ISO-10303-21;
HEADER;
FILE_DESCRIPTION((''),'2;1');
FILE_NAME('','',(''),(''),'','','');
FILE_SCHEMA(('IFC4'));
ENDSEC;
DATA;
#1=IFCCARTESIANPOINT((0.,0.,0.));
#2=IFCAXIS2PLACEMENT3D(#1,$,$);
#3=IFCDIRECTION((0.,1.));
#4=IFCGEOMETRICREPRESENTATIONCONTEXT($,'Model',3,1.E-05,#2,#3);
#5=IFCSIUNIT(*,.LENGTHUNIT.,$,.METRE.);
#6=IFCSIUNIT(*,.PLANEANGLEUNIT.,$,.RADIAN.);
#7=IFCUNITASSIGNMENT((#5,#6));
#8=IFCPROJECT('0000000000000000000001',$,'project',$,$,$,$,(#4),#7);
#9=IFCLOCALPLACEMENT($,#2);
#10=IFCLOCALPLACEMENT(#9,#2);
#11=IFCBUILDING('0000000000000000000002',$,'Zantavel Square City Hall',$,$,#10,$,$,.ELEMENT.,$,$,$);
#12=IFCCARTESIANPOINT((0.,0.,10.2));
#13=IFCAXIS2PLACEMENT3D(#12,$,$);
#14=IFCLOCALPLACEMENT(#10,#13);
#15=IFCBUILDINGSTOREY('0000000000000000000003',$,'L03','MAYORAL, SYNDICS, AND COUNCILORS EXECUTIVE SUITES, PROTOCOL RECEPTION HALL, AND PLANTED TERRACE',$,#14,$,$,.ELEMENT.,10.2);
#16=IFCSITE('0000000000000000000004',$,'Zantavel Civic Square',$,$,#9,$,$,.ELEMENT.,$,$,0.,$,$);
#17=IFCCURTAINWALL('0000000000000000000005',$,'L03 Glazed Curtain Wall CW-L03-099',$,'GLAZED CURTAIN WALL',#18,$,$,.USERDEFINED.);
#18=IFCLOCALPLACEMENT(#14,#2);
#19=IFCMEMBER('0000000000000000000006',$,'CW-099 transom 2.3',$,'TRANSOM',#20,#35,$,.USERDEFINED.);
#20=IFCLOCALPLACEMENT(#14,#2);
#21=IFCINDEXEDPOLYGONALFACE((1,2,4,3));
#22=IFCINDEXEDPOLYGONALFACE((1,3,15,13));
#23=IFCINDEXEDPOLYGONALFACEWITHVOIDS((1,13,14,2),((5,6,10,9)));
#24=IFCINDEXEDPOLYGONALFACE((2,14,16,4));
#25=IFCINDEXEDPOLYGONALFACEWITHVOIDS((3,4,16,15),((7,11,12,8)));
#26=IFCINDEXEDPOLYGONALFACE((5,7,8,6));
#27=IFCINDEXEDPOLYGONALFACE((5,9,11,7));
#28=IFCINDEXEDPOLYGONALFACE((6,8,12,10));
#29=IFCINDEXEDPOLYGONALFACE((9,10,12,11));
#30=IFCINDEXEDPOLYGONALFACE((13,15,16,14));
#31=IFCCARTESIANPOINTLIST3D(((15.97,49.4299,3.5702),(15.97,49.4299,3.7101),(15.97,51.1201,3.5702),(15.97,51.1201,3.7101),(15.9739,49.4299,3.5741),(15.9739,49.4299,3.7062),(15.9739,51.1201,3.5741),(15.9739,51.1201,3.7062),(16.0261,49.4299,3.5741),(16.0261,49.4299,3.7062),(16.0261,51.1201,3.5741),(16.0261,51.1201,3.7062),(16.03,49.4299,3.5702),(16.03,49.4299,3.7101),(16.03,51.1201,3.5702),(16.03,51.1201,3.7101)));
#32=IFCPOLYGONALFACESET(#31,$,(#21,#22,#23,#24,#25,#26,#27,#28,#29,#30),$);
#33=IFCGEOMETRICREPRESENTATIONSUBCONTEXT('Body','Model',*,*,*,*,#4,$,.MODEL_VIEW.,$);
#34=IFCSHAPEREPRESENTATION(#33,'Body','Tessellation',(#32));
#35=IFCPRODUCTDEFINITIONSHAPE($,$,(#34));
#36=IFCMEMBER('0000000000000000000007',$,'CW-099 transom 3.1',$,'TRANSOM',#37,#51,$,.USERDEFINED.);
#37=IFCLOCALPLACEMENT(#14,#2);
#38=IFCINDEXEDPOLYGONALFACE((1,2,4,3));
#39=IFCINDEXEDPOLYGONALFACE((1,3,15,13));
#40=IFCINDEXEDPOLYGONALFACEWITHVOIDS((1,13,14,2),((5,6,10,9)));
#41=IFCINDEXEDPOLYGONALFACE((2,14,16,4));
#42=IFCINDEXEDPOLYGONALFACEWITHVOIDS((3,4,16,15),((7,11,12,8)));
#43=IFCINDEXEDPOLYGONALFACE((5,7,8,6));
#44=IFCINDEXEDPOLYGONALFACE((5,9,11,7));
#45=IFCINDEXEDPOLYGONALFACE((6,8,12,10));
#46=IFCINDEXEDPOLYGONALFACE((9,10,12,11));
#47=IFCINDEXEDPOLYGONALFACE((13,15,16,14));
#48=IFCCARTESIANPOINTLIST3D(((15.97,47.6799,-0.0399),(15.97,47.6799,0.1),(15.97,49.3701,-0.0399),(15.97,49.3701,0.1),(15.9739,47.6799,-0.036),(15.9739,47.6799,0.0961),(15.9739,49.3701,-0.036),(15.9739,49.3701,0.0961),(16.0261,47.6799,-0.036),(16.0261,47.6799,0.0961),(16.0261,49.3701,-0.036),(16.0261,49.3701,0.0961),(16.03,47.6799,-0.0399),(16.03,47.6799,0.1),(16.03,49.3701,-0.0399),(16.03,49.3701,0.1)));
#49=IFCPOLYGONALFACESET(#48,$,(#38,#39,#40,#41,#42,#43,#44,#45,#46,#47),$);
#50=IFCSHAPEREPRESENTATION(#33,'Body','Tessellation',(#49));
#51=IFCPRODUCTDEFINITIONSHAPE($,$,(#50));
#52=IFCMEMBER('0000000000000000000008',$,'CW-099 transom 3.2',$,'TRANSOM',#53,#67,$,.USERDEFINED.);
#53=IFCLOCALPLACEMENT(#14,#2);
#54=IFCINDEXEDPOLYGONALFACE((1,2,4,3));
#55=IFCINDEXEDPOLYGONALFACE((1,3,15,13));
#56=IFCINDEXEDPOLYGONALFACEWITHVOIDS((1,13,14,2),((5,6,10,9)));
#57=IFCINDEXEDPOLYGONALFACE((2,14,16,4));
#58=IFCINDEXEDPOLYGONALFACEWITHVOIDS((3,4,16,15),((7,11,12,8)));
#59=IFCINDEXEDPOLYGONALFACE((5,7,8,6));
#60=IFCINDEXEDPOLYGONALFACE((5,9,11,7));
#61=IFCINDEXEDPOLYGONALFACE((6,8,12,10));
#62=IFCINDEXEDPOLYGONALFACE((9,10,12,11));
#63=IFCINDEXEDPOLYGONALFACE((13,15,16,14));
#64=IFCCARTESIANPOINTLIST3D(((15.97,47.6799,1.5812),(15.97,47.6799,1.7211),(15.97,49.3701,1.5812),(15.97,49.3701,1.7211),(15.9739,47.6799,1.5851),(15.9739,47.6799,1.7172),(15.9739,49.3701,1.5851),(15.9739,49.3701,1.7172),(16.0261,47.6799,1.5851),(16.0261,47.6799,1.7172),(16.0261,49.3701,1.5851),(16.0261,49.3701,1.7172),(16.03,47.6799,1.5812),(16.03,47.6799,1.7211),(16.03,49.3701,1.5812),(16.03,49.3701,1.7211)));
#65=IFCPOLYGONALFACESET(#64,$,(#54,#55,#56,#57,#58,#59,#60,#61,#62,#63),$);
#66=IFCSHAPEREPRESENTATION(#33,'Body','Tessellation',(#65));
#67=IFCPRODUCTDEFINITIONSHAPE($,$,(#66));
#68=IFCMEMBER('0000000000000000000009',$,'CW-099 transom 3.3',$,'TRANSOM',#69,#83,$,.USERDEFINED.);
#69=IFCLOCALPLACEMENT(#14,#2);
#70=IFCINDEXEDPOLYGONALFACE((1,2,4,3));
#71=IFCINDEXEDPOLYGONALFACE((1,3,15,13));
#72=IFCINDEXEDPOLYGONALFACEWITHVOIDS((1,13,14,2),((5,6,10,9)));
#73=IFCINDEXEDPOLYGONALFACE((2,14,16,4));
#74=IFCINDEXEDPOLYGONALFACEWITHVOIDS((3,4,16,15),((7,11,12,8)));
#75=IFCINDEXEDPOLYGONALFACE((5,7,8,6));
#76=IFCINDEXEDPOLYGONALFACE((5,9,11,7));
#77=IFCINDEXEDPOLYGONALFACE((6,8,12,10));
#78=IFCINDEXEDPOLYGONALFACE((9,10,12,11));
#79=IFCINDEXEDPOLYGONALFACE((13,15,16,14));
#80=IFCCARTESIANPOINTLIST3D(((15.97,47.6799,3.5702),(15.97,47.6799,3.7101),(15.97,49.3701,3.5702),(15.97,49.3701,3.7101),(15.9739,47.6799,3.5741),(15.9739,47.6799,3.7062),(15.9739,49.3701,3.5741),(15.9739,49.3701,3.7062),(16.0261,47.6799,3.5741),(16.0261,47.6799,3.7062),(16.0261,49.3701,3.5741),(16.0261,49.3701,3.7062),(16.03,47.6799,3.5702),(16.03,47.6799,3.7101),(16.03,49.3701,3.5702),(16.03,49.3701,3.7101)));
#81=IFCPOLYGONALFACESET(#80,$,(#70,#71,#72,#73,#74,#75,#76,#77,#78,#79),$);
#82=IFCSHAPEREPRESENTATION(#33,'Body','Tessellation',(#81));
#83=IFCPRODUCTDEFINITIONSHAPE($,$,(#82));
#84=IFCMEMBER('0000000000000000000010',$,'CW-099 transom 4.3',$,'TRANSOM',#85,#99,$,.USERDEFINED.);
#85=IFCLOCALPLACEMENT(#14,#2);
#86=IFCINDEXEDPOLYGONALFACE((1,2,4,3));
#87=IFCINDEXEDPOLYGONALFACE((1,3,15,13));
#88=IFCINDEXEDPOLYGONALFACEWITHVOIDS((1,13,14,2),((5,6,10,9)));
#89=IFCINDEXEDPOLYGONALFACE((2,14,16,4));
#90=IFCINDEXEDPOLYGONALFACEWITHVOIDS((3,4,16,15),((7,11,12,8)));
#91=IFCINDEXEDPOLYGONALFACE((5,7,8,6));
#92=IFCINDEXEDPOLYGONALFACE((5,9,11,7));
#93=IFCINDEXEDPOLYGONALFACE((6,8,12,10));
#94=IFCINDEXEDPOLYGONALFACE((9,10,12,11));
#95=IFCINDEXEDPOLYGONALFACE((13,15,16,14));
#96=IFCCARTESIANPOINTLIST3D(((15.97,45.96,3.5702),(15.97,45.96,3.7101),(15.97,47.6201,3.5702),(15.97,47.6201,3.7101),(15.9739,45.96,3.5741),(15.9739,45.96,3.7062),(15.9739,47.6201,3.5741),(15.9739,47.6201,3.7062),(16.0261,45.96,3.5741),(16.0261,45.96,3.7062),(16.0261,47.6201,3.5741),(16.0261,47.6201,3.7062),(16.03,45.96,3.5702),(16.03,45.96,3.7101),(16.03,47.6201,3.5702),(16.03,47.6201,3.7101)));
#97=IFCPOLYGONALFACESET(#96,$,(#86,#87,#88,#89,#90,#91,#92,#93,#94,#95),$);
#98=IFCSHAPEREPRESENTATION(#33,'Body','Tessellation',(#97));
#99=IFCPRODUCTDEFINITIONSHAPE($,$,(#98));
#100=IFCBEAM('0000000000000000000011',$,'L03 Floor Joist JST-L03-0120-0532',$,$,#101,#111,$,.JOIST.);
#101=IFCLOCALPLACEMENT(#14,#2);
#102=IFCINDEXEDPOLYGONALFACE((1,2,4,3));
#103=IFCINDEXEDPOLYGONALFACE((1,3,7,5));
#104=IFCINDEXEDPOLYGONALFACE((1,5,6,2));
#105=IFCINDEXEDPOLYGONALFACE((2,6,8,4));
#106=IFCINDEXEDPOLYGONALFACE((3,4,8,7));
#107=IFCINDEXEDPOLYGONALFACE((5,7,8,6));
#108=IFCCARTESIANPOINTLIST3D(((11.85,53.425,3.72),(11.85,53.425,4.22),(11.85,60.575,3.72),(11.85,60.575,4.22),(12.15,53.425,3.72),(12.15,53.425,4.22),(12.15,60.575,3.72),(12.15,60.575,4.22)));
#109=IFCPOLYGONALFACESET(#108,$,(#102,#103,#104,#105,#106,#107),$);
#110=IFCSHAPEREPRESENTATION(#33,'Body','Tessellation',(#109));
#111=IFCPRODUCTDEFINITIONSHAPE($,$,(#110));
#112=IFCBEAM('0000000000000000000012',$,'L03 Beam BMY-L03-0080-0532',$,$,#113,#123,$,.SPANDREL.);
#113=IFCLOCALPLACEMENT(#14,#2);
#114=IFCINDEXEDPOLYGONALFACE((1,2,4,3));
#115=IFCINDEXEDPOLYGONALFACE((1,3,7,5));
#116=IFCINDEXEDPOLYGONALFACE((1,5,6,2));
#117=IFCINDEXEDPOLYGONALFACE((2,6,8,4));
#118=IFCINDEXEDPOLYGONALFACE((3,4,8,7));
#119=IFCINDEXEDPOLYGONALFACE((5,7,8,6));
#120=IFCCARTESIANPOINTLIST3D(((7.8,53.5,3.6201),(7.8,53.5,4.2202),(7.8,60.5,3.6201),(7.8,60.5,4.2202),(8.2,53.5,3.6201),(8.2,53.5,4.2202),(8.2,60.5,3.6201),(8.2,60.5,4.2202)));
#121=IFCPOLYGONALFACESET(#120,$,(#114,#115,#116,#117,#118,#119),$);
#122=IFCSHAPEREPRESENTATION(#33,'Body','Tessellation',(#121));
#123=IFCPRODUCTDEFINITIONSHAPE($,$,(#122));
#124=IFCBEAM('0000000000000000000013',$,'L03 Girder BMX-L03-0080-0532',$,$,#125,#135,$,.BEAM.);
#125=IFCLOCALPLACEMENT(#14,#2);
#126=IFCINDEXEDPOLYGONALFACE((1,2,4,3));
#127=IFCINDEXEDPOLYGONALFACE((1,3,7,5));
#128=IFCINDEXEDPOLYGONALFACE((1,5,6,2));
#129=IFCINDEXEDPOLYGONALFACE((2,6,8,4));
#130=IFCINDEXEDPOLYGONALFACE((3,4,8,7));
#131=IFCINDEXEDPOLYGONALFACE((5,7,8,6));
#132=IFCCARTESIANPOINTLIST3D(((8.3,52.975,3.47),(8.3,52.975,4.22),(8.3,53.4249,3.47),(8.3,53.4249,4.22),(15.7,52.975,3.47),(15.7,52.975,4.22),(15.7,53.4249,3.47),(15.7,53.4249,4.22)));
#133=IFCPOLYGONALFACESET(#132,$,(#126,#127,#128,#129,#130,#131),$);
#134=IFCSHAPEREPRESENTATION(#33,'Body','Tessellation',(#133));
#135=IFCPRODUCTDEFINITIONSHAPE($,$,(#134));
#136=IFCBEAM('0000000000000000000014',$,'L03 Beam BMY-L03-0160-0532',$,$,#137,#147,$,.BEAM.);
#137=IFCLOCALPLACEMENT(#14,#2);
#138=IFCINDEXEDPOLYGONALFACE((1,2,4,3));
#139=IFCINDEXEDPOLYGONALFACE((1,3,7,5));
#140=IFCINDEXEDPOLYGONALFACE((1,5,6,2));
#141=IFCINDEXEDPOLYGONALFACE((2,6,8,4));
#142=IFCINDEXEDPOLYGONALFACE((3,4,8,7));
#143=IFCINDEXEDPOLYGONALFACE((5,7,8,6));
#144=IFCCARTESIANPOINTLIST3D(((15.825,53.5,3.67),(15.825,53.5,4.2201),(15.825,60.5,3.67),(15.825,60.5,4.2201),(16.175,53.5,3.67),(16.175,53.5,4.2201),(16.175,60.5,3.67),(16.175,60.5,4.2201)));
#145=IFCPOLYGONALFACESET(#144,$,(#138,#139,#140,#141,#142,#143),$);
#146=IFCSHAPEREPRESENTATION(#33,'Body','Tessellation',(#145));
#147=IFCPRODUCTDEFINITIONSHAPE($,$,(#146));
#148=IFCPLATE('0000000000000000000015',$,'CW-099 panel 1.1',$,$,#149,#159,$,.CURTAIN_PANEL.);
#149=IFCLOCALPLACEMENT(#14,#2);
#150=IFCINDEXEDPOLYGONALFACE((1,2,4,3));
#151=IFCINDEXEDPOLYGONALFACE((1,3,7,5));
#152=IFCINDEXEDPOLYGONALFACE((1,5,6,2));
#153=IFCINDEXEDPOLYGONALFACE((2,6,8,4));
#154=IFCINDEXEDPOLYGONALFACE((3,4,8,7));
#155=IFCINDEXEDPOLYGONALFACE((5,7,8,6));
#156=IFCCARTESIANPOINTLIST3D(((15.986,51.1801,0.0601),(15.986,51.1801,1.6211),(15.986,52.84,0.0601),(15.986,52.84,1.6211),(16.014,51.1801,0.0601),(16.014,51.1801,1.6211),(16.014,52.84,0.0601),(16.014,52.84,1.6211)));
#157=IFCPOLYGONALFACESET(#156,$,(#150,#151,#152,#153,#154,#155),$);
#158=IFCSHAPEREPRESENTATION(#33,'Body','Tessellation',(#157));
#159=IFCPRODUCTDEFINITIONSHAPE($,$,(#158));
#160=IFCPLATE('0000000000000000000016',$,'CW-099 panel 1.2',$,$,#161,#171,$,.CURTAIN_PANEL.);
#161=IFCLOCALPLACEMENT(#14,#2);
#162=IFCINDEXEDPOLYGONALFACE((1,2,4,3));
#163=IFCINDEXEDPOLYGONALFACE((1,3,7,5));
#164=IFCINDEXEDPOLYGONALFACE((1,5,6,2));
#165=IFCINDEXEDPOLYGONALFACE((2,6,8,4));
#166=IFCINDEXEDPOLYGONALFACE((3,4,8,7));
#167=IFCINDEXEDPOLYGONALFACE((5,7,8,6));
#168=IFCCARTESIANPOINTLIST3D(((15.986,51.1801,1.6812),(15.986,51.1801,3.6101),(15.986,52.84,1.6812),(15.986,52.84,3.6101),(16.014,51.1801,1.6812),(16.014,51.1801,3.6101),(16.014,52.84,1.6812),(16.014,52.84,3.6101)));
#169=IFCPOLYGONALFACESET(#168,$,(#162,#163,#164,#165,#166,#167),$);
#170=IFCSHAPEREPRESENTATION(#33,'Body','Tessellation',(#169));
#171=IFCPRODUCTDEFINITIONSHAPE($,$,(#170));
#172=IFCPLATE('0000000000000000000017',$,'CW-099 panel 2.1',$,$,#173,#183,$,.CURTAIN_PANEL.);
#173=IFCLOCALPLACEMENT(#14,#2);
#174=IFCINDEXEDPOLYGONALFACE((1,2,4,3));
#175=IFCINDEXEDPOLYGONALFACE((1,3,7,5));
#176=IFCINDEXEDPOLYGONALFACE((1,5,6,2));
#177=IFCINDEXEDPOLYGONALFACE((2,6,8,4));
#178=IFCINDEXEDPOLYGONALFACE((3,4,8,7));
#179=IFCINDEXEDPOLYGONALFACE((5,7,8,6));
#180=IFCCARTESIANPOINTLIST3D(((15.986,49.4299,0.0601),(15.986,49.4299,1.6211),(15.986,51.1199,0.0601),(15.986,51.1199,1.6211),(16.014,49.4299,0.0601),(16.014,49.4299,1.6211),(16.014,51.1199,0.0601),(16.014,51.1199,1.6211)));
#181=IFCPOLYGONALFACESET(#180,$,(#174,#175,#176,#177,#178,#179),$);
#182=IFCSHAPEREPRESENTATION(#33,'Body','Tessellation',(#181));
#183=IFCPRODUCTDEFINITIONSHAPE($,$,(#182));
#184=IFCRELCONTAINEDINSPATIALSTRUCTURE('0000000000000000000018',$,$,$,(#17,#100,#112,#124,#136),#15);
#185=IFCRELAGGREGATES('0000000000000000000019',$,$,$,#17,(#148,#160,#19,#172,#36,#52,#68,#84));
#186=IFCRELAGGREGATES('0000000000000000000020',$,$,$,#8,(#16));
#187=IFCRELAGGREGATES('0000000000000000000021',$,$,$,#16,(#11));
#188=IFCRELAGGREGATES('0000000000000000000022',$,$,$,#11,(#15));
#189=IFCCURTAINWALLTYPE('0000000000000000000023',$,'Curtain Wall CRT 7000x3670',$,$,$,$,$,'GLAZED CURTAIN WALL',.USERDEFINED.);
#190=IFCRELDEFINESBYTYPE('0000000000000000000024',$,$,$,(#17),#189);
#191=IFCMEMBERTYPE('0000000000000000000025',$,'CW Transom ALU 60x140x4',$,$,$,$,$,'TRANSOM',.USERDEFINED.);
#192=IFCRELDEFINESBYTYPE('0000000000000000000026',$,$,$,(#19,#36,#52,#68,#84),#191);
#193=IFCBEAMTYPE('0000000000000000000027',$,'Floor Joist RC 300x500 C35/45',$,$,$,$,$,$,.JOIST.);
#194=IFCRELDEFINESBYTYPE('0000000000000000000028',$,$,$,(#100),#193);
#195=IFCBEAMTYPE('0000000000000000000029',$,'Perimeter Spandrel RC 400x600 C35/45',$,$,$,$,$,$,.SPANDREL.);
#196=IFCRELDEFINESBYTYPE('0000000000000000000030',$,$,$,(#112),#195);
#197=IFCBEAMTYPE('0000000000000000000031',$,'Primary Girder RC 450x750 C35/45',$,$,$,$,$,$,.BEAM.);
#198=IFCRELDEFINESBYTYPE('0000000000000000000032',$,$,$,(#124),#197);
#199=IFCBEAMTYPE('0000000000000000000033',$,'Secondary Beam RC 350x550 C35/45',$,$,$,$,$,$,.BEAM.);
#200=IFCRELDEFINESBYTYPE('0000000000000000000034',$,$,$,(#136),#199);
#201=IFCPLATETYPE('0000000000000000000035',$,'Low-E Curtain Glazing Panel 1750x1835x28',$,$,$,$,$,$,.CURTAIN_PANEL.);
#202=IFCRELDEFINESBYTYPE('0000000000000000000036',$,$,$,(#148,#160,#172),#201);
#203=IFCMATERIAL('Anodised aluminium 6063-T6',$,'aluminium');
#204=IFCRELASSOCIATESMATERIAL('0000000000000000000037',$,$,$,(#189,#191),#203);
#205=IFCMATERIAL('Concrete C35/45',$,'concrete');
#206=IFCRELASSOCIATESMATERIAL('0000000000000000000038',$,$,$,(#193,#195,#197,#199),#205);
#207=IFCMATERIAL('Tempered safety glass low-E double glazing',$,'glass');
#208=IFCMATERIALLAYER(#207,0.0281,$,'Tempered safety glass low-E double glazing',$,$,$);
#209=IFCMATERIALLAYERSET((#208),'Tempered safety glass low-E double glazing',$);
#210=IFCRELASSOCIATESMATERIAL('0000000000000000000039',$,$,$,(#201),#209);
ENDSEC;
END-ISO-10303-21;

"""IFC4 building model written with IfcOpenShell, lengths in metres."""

from ifc_helpers import new_model, si_unit, direction, frame, origin, origin_2d, place, context, subcontext, project, spatial, rectangle, hollow_rectangle, extrude, material, layer, layer_set, material_profile, profile_set, type_object, element, aggregate, save


model = new_model("IFC4")

# Units and contexts
model_context = context("Model", 3, precision=1e-05, world=origin(), true_north=direction((0.0, 1.0)))
body_context = subcontext(model_context, "Body", "Model", "MODEL_VIEW")
ifc_project = project(units=[si_unit("LENGTHUNIT", "METRE"), si_unit("PLANEANGLEUNIT", "RADIAN")], contexts=[model_context])

# Site, building, storey
site_placement = place(None, origin())
site = spatial("IfcSite", under=ifc_project, at=site_placement, Name="Zantavel Civic Square", CompositionType="ELEMENT", RefElevation=0.0)
building_placement = place(site_placement, origin())
building = spatial("IfcBuilding", under=site, at=building_placement, Name="Zantavel Square City Hall", CompositionType="ELEMENT")
storey_placement = place(building_placement, frame((0.0, 0.0, 10.2)))
storey = spatial("IfcBuildingStorey", under=building, at=storey_placement, Name="L03", Description="MAYORAL, SYNDICS, AND COUNCILORS EXECUTIVE SUITES, PROTOCOL RECEPTION HALL, AND PLANTED TERRACE", CompositionType="ELEMENT", Elevation=10.2)

# Curtain wall, members
ifc_material_1 = material(Name="Anodised aluminium 6063-T6", Category="aluminium")
curtain_wall_type = type_object("IfcCurtainWallType", Name="Curtain Wall CRT 7000x3670", ElementType="GLAZED CURTAIN WALL", PredefinedType="USERDEFINED", material=ifc_material_1)
curtain_wall_placement = place(storey_placement, origin())
curtain_wall = element("IfcCurtainWall", 1, at=curtain_wall_placement, inside=storey, type_object=curtain_wall_type, Name="L03 Glazed Curtain Wall CW-L03-099", ObjectType="GLAZED CURTAIN WALL", PredefinedType="USERDEFINED")
ifc_material_profile_1 = material_profile(ifc_material_1, hollow_rectangle(XDim=0.0601, YDim=0.1399, WallThickness=0.0039, at=origin_2d()), Name="ALU 60x140x4")
ifc_profile_set_1 = profile_set([ifc_material_profile_1], Name="Anodised aluminium 6063-T6")
member_type_1 = type_object("IfcMemberType", Name="CW Transom ALU 60x140x4", ElementType="TRANSOM", PredefinedType="USERDEFINED", material=ifc_profile_set_1)
member_1_placement = place(storey_placement, frame((16.0, 51.1201, 3.6401), z_axis=(0.0, -1.0, 0.0), x_axis=(1.0, 0.0, 0.0)))
member_1 = element("IfcMember", 2, at=member_1_placement, type_object=member_type_1, Name="CW-099 transom 2.3", ObjectType="TRANSOM", PredefinedType="USERDEFINED", context=body_context, shape_type="SweptSolid", body=[
    extrude(hollow_rectangle(XDim=0.0601, YDim=0.1399, WallThickness=0.0039, at=origin_2d()), origin(), (0.0, 0.0, 1.0), 1.6902),
])
member_2_placement = place(storey_placement, frame((16.0, 49.3701, 0.03), z_axis=(0.0, -1.0, 0.0), x_axis=(1.0, 0.0, 0.0)))
member_2 = element("IfcMember", 3, at=member_2_placement, type_object=member_type_1, Name="CW-099 transom 3.1", ObjectType="TRANSOM", PredefinedType="USERDEFINED", context=body_context, shape_type="SweptSolid", body=[
    extrude(hollow_rectangle(XDim=0.0601, YDim=0.1399, WallThickness=0.0039, at=origin_2d()), origin(), (0.0, 0.0, 1.0), 1.6902),
])
member_3_placement = place(storey_placement, frame((16.0, 49.3701, 1.6511), z_axis=(0.0, -1.0, 0.0), x_axis=(1.0, 0.0, 0.0)))
member_3 = element("IfcMember", 4, at=member_3_placement, type_object=member_type_1, Name="CW-099 transom 3.2", ObjectType="TRANSOM", PredefinedType="USERDEFINED", context=body_context, shape_type="SweptSolid", body=[
    extrude(hollow_rectangle(XDim=0.0601, YDim=0.1399, WallThickness=0.0039, at=origin_2d()), origin(), (0.0, 0.0, 1.0), 1.6902),
])
member_4_placement = place(storey_placement, frame((16.0, 49.3701, 3.6401), z_axis=(0.0, -1.0, 0.0), x_axis=(1.0, 0.0, 0.0)))
member_4 = element("IfcMember", 5, at=member_4_placement, type_object=member_type_1, Name="CW-099 transom 3.3", ObjectType="TRANSOM", PredefinedType="USERDEFINED", context=body_context, shape_type="SweptSolid", body=[
    extrude(hollow_rectangle(XDim=0.0601, YDim=0.1399, WallThickness=0.0039, at=origin_2d()), origin(), (0.0, 0.0, 1.0), 1.6902),
])
member_5_placement = place(storey_placement, frame((16.0, 47.6201, 3.6401), z_axis=(0.0, -1.0, 0.0), x_axis=(1.0, 0.0, 0.0)))
member_5 = element("IfcMember", 6, at=member_5_placement, type_object=member_type_1, Name="CW-099 transom 4.3", ObjectType="TRANSOM", PredefinedType="USERDEFINED", context=body_context, shape_type="SweptSolid", body=[
    extrude(hollow_rectangle(XDim=0.0601, YDim=0.1399, WallThickness=0.0039, at=origin_2d()), origin(), (0.0, 0.0, 1.0), 1.6602),
])

# Beams
ifc_material_2 = material(Name="Concrete C35/45", Category="concrete")
ifc_material_profile_2 = material_profile(ifc_material_2, rectangle(XDim=0.3, YDim=0.5, at=origin_2d()), Name="RC 300x500")
ifc_profile_set_2 = profile_set([ifc_material_profile_2], Name="Concrete C35/45")
beam_type_1 = type_object("IfcBeamType", Name="Floor Joist RC 300x500 C35/45", PredefinedType="JOIST", material=ifc_profile_set_2)
beam_1_placement = place(storey_placement, frame((12.0, 53.425, 3.97), z_axis=(0.0, 1.0, 0.0), x_axis=(-1.0, 0.0, 0.0)))
element("IfcBeam", 7, at=beam_1_placement, inside=storey, type_object=beam_type_1, Name="L03 Floor Joist JST-L03-0120-0532", PredefinedType="JOIST", context=body_context, shape_type="SweptSolid", body=[
    extrude(rectangle(XDim=0.3, YDim=0.5, at=origin_2d()), origin(), (0.0, 0.0, 1.0), 7.1499),
])
ifc_material_profile_3 = material_profile(ifc_material_2, rectangle(XDim=0.3999, YDim=0.6001, at=origin_2d()), Name="RC 400x600")
ifc_profile_set_3 = profile_set([ifc_material_profile_3], Name="Concrete C35/45")
beam_type_2 = type_object("IfcBeamType", Name="Perimeter Spandrel RC 400x600 C35/45", PredefinedType="SPANDREL", material=ifc_profile_set_3)
beam_2_placement = place(storey_placement, frame((8.0, 53.5, 3.9202), z_axis=(0.0, 1.0, 0.0), x_axis=(-1.0, 0.0, 0.0)))
element("IfcBeam", 8, at=beam_2_placement, inside=storey, type_object=beam_type_2, Name="L03 Beam BMY-L03-0080-0532", PredefinedType="SPANDREL", context=body_context, shape_type="SweptSolid", body=[
    extrude(rectangle(XDim=0.3999, YDim=0.6001, at=origin_2d()), origin(), (0.0, 0.0, 1.0), 7.0),
])
ifc_material_profile_4 = material_profile(ifc_material_2, rectangle(XDim=0.45, YDim=0.75, at=origin_2d()), Name="RC 450x750")
ifc_profile_set_4 = profile_set([ifc_material_profile_4], Name="Concrete C35/45")
beam_type_3 = type_object("IfcBeamType", Name="Primary Girder RC 450x750 C35/45", PredefinedType="BEAM", material=ifc_profile_set_4)
beam_3_placement = place(storey_placement, frame((8.3, 53.2, 3.845), z_axis=(1.0, 0.0, 0.0), x_axis=(0.0, 1.0, 0.0)))
element("IfcBeam", 9, at=beam_3_placement, inside=storey, type_object=beam_type_3, Name="L03 Girder BMX-L03-0080-0532", PredefinedType="BEAM", context=body_context, shape_type="SweptSolid", body=[
    extrude(rectangle(XDim=0.45, YDim=0.75, at=origin_2d()), origin(), (0.0, 0.0, 1.0), 7.3999),
])
ifc_material_profile_5 = material_profile(ifc_material_2, rectangle(XDim=0.3501, YDim=0.55, at=origin_2d()), Name="RC 350x550")
ifc_profile_set_5 = profile_set([ifc_material_profile_5], Name="Concrete C35/45")
beam_type_4 = type_object("IfcBeamType", Name="Secondary Beam RC 350x550 C35/45", PredefinedType="BEAM", material=ifc_profile_set_5)
beam_4_placement = place(storey_placement, frame((16.0, 53.5, 3.9451), z_axis=(0.0, 1.0, 0.0), x_axis=(-1.0, 0.0, 0.0)))
element("IfcBeam", 10, at=beam_4_placement, inside=storey, type_object=beam_type_4, Name="L03 Beam BMY-L03-0160-0532", PredefinedType="BEAM", context=body_context, shape_type="SweptSolid", body=[
    extrude(rectangle(XDim=0.3501, YDim=0.55, at=origin_2d()), origin(), (0.0, 0.0, 1.0), 7.0),
])

# Plates
ifc_material_3 = material(Name="Tempered safety glass low-E double glazing", Category="glass")
ifc_layer_1 = layer(ifc_material_3, 0.0281, Name="Tempered safety glass low-E double glazing")
ifc_layer_set_1 = layer_set([ifc_layer_1], Name="Tempered safety glass low-E double glazing")
plate_type = type_object("IfcPlateType", Name="Low-E Curtain Glazing Panel 1750x1835x28", PredefinedType="CURTAIN_PANEL", material=ifc_layer_set_1)
plate_1_placement = place(storey_placement, frame((16.0, 52.01, 0.0601), z_axis=(0.0, 0.0, 1.0), x_axis=(0.0, -1.0, 0.0)))
plate_1 = element("IfcPlate", 11, at=plate_1_placement, type_object=plate_type, Name="CW-099 panel 1.1", PredefinedType="CURTAIN_PANEL", context=body_context, shape_type="SweptSolid", body=[
    extrude(rectangle(XDim=1.6599, YDim=0.0281, at=origin_2d()), origin(), (0.0, 0.0, 1.0), 1.561),
])
plate_2_placement = place(storey_placement, frame((16.0, 52.01, 1.6812), z_axis=(0.0, 0.0, 1.0), x_axis=(0.0, -1.0, 0.0)))
plate_2 = element("IfcPlate", 12, at=plate_2_placement, type_object=plate_type, Name="CW-099 panel 1.2", PredefinedType="CURTAIN_PANEL", context=body_context, shape_type="SweptSolid", body=[
    extrude(rectangle(XDim=1.6599, YDim=0.0281, at=origin_2d()), origin(), (0.0, 0.0, 1.0), 1.929),
])
plate_3_placement = place(storey_placement, frame((16.0, 50.2749, 0.0601), z_axis=(0.0, 0.0, 1.0), x_axis=(0.0, -1.0, 0.0)))
plate_3 = element("IfcPlate", 13, at=plate_3_placement, type_object=plate_type, Name="CW-099 panel 2.1", PredefinedType="CURTAIN_PANEL", context=body_context, shape_type="SweptSolid", body=[
    extrude(rectangle(XDim=1.6899, YDim=0.0281, at=origin_2d()), origin(), (0.0, 0.0, 1.0), 1.561),
])
aggregate(curtain_wall, [plate_1, plate_2, member_1, plate_3, member_2, member_3, member_4, member_5])

save(model, "model.ifc")
